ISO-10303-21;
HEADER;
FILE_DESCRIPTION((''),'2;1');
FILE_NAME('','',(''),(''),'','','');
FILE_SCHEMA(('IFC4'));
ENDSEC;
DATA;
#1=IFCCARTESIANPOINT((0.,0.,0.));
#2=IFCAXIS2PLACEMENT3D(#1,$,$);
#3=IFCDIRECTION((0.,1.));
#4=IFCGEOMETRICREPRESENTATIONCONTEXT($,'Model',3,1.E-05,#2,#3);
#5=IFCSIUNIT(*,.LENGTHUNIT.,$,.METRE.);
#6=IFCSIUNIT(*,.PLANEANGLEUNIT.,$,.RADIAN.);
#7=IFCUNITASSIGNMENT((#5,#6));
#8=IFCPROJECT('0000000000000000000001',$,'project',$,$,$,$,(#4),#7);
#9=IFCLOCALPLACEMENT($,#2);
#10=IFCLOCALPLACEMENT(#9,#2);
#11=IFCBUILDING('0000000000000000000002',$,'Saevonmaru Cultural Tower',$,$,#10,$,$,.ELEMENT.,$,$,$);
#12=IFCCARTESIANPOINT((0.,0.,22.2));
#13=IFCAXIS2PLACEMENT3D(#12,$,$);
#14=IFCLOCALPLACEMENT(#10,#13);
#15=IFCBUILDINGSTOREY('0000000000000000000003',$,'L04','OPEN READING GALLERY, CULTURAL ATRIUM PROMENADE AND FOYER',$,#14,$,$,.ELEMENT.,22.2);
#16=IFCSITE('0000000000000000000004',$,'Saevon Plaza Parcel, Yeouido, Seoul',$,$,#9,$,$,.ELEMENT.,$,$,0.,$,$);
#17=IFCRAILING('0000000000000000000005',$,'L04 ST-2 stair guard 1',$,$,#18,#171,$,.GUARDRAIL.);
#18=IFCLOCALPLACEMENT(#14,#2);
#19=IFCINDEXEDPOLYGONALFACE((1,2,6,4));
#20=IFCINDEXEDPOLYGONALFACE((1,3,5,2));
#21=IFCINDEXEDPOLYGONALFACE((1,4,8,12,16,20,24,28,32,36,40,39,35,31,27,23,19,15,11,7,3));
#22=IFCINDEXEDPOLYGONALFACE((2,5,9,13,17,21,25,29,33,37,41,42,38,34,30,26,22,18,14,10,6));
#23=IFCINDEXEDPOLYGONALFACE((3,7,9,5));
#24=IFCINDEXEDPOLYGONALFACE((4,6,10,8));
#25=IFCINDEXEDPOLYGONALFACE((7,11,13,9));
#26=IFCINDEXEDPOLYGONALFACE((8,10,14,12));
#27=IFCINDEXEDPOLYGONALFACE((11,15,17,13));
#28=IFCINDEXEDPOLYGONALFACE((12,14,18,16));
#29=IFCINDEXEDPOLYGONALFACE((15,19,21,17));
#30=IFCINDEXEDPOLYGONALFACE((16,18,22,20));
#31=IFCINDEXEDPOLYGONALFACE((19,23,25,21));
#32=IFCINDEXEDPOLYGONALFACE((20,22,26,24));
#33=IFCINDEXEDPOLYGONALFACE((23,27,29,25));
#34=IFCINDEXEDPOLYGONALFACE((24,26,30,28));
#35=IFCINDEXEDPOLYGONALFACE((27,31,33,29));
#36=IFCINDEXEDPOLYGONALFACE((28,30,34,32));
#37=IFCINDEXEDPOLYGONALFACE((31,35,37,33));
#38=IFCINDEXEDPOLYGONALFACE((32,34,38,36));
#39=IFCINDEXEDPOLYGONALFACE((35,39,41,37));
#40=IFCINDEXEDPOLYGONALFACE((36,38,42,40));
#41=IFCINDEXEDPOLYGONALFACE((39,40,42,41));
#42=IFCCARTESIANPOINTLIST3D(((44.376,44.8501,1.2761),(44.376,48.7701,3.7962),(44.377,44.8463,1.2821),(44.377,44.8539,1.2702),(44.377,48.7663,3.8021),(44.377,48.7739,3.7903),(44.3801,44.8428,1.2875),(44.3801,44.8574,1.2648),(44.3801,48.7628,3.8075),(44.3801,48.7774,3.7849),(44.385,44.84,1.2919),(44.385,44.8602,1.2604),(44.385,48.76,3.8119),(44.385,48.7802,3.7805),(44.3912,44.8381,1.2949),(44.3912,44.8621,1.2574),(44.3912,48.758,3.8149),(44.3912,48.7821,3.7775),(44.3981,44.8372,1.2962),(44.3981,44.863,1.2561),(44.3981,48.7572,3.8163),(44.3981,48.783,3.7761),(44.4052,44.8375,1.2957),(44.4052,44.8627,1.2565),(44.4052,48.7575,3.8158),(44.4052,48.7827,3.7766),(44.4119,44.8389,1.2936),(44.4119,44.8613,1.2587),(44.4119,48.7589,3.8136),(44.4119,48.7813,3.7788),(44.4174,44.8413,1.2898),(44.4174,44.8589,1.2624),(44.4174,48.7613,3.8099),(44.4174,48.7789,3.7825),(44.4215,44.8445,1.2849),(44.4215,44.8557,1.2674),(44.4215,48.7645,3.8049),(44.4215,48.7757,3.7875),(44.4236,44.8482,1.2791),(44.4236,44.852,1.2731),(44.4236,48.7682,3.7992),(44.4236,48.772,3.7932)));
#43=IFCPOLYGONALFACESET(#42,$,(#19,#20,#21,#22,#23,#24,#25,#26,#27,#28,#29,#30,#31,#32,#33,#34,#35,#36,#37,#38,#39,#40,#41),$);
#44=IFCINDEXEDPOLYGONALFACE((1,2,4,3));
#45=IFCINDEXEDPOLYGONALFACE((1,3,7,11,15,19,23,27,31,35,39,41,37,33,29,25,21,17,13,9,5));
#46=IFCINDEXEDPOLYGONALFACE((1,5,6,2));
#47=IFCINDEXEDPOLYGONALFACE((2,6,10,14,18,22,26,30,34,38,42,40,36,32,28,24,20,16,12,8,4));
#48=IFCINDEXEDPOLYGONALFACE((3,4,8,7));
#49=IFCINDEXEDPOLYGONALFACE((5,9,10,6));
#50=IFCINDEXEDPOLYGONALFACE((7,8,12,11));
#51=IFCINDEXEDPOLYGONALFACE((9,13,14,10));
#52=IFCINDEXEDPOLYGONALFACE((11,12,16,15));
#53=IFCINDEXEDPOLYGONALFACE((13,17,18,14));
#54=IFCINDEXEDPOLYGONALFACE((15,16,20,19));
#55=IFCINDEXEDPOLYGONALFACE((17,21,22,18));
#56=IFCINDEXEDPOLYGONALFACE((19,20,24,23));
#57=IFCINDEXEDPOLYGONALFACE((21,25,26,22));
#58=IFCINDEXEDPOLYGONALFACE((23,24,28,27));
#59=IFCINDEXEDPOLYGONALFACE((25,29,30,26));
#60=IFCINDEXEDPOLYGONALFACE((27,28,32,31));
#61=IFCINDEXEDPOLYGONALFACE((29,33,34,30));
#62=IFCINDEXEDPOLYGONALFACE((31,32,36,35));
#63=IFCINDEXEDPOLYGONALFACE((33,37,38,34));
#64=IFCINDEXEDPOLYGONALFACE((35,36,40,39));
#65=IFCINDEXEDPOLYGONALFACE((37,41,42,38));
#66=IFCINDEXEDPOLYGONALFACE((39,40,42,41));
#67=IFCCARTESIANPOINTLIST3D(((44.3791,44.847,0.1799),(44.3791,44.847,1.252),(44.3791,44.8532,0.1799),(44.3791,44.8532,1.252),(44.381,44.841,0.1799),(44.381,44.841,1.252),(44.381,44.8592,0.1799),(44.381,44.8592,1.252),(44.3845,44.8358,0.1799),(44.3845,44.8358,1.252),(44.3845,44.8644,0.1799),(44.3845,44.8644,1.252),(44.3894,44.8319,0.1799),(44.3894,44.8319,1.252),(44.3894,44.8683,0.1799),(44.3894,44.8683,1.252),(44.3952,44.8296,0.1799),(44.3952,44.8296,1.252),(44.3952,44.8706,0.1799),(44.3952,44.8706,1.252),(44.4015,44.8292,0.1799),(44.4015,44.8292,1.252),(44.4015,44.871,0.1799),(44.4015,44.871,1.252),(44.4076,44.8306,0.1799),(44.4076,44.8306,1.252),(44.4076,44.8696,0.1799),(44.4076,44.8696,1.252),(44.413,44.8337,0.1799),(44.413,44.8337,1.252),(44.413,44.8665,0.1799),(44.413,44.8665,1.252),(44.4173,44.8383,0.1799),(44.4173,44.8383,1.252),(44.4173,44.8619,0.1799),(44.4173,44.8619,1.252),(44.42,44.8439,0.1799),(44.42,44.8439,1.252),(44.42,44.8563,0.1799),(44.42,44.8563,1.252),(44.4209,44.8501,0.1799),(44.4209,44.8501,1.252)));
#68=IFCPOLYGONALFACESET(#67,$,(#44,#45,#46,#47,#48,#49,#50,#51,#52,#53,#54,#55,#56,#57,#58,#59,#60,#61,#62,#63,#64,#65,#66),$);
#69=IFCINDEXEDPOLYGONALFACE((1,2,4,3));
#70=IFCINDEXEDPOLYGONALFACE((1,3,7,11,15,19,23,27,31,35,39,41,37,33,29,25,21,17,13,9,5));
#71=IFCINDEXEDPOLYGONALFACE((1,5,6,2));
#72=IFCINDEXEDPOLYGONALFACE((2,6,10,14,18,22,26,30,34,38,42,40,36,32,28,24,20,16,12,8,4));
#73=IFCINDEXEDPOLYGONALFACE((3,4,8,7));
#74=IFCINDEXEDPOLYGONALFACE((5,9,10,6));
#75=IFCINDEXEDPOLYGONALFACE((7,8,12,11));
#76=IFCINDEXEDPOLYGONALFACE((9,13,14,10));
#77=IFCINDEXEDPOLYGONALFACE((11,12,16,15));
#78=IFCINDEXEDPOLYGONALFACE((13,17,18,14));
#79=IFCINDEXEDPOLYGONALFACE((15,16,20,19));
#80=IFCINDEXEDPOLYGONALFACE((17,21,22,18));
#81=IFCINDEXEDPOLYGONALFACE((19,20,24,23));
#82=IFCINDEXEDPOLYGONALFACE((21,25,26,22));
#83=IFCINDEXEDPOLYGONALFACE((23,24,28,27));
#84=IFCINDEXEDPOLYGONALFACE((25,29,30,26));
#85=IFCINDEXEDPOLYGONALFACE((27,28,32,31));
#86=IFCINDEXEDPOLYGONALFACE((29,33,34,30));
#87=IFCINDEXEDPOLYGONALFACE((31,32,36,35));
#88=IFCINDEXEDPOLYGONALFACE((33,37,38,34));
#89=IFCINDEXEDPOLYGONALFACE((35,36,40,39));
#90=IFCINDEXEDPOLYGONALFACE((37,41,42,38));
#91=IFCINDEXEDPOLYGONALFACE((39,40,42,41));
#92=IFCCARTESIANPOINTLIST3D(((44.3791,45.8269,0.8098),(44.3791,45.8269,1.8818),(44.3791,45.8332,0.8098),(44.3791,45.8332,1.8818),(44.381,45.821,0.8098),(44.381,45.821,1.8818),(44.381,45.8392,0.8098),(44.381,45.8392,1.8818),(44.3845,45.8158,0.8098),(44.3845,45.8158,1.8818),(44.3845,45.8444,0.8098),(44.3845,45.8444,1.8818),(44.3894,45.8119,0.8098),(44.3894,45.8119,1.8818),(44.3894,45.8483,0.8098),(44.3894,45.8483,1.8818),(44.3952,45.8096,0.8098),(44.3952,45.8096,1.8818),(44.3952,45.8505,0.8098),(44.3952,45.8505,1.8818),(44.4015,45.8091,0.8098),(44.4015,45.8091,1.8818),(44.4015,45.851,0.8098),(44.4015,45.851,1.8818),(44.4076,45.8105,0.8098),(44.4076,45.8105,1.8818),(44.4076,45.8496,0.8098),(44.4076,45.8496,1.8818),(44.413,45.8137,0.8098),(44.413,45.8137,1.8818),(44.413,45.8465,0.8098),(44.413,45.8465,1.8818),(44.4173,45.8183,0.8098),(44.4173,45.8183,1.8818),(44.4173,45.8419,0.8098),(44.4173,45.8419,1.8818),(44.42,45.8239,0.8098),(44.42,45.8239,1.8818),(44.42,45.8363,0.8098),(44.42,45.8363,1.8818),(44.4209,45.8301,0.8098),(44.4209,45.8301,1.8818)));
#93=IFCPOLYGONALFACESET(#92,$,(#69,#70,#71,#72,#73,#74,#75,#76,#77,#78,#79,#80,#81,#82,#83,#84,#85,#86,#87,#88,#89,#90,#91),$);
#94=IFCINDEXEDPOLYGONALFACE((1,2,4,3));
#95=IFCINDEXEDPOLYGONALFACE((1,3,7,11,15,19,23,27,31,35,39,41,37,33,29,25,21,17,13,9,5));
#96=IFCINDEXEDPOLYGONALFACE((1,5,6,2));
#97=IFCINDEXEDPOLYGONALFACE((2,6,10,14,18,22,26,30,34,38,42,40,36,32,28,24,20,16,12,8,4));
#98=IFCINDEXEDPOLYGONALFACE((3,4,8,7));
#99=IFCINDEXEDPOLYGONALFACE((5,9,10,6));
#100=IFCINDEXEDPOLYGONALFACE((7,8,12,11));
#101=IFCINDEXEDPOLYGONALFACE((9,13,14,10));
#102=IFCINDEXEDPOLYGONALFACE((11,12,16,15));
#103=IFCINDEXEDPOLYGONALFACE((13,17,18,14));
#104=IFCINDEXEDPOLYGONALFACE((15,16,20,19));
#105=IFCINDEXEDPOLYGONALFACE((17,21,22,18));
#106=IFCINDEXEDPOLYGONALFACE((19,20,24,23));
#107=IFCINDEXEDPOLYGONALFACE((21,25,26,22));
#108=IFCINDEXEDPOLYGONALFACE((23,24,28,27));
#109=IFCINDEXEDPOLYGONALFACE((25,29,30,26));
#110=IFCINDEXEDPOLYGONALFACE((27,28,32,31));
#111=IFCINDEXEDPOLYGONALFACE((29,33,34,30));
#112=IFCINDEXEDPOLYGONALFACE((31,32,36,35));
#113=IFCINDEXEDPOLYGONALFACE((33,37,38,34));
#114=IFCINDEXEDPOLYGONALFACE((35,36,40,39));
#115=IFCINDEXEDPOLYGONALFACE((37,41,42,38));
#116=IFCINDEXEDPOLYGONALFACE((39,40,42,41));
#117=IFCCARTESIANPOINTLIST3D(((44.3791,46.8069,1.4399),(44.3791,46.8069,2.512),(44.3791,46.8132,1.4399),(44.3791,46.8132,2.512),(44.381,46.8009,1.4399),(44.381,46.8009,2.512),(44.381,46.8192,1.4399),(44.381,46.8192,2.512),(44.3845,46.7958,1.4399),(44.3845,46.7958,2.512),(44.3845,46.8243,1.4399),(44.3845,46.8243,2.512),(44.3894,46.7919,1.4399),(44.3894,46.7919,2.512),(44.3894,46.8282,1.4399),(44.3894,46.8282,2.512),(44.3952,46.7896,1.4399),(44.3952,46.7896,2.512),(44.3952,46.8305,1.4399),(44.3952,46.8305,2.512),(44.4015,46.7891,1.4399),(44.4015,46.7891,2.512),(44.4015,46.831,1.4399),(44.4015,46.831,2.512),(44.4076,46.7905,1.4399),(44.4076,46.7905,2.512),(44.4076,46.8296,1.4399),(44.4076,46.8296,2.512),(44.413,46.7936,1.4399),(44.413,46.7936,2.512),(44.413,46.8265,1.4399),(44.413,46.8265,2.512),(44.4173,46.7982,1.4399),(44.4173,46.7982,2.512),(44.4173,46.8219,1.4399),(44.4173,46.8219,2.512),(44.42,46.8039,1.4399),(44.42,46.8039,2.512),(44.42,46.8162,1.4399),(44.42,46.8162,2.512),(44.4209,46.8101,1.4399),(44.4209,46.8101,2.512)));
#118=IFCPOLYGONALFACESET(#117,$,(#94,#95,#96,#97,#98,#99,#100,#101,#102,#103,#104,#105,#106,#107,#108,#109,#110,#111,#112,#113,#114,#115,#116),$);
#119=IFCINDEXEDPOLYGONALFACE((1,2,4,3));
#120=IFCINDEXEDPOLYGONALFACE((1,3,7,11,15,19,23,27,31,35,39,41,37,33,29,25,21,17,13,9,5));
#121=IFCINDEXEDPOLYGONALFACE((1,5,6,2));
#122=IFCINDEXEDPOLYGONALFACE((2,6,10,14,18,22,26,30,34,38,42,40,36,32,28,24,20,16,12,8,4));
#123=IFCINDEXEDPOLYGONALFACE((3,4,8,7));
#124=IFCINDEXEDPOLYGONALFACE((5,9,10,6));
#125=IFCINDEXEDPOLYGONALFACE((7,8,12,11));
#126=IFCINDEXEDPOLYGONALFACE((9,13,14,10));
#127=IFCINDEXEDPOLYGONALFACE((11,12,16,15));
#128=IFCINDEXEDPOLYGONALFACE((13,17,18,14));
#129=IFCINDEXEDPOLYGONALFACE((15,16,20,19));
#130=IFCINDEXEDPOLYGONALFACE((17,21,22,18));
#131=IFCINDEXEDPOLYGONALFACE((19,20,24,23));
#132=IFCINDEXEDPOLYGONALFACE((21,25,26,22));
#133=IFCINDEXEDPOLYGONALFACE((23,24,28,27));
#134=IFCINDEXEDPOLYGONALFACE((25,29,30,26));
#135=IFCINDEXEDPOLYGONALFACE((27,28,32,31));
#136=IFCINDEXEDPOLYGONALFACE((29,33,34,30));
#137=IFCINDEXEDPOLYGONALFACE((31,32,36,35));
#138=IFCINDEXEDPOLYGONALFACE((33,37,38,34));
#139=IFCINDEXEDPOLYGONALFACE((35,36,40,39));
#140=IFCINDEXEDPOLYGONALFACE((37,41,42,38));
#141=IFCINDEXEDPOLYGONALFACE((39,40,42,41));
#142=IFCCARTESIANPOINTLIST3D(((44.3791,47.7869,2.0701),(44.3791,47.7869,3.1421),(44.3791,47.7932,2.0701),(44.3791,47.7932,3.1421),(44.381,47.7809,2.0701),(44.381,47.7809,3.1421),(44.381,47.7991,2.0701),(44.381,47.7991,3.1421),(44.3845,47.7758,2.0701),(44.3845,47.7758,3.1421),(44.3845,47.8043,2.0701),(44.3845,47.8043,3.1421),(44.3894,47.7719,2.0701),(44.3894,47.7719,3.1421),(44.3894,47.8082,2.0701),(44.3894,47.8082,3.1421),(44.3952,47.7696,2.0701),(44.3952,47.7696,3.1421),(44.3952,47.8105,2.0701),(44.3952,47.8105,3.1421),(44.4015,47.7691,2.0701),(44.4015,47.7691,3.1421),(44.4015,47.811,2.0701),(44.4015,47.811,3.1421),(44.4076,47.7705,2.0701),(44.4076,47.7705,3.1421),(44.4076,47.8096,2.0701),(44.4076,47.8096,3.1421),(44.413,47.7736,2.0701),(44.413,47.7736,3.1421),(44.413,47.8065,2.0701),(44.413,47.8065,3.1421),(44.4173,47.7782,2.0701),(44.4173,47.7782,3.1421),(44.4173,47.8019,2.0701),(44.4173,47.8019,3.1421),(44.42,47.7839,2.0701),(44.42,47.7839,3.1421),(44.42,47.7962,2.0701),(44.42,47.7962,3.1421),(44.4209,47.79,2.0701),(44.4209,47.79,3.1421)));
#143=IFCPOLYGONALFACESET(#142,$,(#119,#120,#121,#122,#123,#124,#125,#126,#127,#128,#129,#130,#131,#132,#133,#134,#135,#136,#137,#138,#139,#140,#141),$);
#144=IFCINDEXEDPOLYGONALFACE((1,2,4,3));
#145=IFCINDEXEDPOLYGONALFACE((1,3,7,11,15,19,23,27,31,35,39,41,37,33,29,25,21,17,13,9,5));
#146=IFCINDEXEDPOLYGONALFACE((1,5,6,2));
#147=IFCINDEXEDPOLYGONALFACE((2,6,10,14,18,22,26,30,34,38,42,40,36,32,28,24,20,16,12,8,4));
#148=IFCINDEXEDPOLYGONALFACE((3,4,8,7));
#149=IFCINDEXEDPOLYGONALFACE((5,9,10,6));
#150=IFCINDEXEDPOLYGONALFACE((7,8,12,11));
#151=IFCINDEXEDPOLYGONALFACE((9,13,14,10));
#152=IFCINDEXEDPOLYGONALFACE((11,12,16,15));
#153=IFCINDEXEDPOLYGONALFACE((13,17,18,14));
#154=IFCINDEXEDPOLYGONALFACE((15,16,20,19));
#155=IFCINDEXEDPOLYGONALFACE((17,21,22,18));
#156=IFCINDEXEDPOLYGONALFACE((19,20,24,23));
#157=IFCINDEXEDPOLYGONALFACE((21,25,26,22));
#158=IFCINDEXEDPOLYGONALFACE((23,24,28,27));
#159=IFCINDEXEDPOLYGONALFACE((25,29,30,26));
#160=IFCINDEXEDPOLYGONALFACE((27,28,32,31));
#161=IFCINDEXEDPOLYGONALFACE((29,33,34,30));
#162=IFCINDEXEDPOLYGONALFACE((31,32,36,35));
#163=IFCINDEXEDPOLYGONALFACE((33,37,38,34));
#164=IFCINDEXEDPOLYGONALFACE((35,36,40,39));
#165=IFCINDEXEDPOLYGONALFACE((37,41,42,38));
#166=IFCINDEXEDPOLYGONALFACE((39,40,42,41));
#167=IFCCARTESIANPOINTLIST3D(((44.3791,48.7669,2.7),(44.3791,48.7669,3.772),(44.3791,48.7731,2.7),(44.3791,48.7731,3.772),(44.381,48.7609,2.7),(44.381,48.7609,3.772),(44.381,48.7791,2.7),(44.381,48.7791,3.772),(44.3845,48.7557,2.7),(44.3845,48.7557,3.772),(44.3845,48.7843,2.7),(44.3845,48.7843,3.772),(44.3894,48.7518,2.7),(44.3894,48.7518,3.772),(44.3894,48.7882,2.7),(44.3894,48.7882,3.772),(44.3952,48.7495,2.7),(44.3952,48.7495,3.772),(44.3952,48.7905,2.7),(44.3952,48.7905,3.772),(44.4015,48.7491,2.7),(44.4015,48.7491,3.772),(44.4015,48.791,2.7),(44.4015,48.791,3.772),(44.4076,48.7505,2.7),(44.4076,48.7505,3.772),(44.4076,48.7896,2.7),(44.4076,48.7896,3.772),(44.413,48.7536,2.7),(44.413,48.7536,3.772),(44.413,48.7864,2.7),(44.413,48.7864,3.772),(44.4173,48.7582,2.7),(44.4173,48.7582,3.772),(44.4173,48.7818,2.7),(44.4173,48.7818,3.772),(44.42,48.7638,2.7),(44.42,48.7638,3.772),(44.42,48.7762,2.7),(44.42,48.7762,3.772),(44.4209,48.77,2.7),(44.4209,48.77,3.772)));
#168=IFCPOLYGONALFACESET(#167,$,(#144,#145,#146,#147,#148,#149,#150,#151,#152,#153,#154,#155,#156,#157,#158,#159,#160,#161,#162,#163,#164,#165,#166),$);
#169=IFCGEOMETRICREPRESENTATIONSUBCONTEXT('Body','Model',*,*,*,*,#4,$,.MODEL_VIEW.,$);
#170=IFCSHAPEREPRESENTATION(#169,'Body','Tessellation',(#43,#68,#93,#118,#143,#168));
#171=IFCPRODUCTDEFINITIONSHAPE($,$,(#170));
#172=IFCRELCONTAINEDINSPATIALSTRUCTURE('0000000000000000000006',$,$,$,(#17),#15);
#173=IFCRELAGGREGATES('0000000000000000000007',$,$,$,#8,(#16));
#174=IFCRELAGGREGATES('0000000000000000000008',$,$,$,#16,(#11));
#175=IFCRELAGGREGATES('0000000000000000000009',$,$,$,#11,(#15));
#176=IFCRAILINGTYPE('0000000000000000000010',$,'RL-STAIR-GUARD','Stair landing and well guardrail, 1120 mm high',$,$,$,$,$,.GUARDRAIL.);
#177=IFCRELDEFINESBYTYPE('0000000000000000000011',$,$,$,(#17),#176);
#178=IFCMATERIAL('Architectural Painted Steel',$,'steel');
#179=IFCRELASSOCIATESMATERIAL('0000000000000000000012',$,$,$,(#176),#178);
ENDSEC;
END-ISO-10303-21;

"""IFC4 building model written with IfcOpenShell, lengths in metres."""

from ifc_helpers import new_model, si_unit, direction, frame, origin, origin_2d, place, context, subcontext, project, spatial, circle, extrude, material, type_object, element, save


model = new_model("IFC4")

# Units and contexts
model_context = context("Model", 3, precision=1e-05, world=origin(), true_north=direction((0.0, 1.0)))
body_context = subcontext(model_context, "Body", "Model", "MODEL_VIEW")
ifc_project = project(units=[si_unit("LENGTHUNIT", "METRE"), si_unit("PLANEANGLEUNIT", "RADIAN")], contexts=[model_context])

# Site, building, storey
site_placement = place(None, origin())
site = spatial("IfcSite", under=ifc_project, at=site_placement, Name="Saevon Plaza Parcel, Yeouido, Seoul", CompositionType="ELEMENT", RefElevation=0.0)
building_placement = place(site_placement, origin())
building = spatial("IfcBuilding", under=site, at=building_placement, Name="Saevonmaru Cultural Tower", CompositionType="ELEMENT")
storey_placement = place(building_placement, frame((0.0, 0.0, 22.2)))
storey = spatial("IfcBuildingStorey", under=building, at=storey_placement, Name="L04", Description="OPEN READING GALLERY, CULTURAL ATRIUM PROMENADE AND FOYER", CompositionType="ELEMENT", Elevation=22.2)

# Railing
ifc_material_1 = material(Name="Architectural Painted Steel", Category="steel")
railing_type_1 = type_object("IfcRailingType", Name="RL-STAIR-GUARD", Description="Stair landing and well guardrail, 1120 mm high", PredefinedType="GUARDRAIL", material=ifc_material_1)
railing_1_placement = place(storey_placement, frame((44.3999, 44.8501, 0.1799)))
element("IfcRailing", 1, at=railing_1_placement, inside=storey, type_object=railing_type_1, Name="L04 ST-2 stair guard 1", PredefinedType="GUARDRAIL", context=body_context, shape_type="SweptSolid", body=[
    extrude(circle(Radius=0.0239, at=origin_2d()), frame((0.0, 0.0, 1.0962), z_axis=(0.0, 0.841172, 0.540768), x_axis=(-1.0, 0.0, 0.0)), (0.0, 0.0, 1.0), 4.6602),
    extrude(circle(Radius=0.021, at=origin_2d()), origin(), (0.0, 0.0, 1.0), 1.072),
    extrude(circle(Radius=0.021, at=origin_2d()), frame((0.0, 0.98, 0.6299)), (0.0, 0.0, 1.0), 1.072),
    extrude(circle(Radius=0.021, at=origin_2d()), frame((0.0, 1.96, 1.26)), (0.0, 0.0, 1.0), 1.072),
    extrude(circle(Radius=0.021, at=origin_2d()), frame((0.0, 2.9399, 1.8901)), (0.0, 0.0, 1.0), 1.072),
    extrude(circle(Radius=0.021, at=origin_2d()), frame((0.0, 3.9199, 2.52)), (0.0, 0.0, 1.0), 1.072),
])

save(model, "model.ifc")
